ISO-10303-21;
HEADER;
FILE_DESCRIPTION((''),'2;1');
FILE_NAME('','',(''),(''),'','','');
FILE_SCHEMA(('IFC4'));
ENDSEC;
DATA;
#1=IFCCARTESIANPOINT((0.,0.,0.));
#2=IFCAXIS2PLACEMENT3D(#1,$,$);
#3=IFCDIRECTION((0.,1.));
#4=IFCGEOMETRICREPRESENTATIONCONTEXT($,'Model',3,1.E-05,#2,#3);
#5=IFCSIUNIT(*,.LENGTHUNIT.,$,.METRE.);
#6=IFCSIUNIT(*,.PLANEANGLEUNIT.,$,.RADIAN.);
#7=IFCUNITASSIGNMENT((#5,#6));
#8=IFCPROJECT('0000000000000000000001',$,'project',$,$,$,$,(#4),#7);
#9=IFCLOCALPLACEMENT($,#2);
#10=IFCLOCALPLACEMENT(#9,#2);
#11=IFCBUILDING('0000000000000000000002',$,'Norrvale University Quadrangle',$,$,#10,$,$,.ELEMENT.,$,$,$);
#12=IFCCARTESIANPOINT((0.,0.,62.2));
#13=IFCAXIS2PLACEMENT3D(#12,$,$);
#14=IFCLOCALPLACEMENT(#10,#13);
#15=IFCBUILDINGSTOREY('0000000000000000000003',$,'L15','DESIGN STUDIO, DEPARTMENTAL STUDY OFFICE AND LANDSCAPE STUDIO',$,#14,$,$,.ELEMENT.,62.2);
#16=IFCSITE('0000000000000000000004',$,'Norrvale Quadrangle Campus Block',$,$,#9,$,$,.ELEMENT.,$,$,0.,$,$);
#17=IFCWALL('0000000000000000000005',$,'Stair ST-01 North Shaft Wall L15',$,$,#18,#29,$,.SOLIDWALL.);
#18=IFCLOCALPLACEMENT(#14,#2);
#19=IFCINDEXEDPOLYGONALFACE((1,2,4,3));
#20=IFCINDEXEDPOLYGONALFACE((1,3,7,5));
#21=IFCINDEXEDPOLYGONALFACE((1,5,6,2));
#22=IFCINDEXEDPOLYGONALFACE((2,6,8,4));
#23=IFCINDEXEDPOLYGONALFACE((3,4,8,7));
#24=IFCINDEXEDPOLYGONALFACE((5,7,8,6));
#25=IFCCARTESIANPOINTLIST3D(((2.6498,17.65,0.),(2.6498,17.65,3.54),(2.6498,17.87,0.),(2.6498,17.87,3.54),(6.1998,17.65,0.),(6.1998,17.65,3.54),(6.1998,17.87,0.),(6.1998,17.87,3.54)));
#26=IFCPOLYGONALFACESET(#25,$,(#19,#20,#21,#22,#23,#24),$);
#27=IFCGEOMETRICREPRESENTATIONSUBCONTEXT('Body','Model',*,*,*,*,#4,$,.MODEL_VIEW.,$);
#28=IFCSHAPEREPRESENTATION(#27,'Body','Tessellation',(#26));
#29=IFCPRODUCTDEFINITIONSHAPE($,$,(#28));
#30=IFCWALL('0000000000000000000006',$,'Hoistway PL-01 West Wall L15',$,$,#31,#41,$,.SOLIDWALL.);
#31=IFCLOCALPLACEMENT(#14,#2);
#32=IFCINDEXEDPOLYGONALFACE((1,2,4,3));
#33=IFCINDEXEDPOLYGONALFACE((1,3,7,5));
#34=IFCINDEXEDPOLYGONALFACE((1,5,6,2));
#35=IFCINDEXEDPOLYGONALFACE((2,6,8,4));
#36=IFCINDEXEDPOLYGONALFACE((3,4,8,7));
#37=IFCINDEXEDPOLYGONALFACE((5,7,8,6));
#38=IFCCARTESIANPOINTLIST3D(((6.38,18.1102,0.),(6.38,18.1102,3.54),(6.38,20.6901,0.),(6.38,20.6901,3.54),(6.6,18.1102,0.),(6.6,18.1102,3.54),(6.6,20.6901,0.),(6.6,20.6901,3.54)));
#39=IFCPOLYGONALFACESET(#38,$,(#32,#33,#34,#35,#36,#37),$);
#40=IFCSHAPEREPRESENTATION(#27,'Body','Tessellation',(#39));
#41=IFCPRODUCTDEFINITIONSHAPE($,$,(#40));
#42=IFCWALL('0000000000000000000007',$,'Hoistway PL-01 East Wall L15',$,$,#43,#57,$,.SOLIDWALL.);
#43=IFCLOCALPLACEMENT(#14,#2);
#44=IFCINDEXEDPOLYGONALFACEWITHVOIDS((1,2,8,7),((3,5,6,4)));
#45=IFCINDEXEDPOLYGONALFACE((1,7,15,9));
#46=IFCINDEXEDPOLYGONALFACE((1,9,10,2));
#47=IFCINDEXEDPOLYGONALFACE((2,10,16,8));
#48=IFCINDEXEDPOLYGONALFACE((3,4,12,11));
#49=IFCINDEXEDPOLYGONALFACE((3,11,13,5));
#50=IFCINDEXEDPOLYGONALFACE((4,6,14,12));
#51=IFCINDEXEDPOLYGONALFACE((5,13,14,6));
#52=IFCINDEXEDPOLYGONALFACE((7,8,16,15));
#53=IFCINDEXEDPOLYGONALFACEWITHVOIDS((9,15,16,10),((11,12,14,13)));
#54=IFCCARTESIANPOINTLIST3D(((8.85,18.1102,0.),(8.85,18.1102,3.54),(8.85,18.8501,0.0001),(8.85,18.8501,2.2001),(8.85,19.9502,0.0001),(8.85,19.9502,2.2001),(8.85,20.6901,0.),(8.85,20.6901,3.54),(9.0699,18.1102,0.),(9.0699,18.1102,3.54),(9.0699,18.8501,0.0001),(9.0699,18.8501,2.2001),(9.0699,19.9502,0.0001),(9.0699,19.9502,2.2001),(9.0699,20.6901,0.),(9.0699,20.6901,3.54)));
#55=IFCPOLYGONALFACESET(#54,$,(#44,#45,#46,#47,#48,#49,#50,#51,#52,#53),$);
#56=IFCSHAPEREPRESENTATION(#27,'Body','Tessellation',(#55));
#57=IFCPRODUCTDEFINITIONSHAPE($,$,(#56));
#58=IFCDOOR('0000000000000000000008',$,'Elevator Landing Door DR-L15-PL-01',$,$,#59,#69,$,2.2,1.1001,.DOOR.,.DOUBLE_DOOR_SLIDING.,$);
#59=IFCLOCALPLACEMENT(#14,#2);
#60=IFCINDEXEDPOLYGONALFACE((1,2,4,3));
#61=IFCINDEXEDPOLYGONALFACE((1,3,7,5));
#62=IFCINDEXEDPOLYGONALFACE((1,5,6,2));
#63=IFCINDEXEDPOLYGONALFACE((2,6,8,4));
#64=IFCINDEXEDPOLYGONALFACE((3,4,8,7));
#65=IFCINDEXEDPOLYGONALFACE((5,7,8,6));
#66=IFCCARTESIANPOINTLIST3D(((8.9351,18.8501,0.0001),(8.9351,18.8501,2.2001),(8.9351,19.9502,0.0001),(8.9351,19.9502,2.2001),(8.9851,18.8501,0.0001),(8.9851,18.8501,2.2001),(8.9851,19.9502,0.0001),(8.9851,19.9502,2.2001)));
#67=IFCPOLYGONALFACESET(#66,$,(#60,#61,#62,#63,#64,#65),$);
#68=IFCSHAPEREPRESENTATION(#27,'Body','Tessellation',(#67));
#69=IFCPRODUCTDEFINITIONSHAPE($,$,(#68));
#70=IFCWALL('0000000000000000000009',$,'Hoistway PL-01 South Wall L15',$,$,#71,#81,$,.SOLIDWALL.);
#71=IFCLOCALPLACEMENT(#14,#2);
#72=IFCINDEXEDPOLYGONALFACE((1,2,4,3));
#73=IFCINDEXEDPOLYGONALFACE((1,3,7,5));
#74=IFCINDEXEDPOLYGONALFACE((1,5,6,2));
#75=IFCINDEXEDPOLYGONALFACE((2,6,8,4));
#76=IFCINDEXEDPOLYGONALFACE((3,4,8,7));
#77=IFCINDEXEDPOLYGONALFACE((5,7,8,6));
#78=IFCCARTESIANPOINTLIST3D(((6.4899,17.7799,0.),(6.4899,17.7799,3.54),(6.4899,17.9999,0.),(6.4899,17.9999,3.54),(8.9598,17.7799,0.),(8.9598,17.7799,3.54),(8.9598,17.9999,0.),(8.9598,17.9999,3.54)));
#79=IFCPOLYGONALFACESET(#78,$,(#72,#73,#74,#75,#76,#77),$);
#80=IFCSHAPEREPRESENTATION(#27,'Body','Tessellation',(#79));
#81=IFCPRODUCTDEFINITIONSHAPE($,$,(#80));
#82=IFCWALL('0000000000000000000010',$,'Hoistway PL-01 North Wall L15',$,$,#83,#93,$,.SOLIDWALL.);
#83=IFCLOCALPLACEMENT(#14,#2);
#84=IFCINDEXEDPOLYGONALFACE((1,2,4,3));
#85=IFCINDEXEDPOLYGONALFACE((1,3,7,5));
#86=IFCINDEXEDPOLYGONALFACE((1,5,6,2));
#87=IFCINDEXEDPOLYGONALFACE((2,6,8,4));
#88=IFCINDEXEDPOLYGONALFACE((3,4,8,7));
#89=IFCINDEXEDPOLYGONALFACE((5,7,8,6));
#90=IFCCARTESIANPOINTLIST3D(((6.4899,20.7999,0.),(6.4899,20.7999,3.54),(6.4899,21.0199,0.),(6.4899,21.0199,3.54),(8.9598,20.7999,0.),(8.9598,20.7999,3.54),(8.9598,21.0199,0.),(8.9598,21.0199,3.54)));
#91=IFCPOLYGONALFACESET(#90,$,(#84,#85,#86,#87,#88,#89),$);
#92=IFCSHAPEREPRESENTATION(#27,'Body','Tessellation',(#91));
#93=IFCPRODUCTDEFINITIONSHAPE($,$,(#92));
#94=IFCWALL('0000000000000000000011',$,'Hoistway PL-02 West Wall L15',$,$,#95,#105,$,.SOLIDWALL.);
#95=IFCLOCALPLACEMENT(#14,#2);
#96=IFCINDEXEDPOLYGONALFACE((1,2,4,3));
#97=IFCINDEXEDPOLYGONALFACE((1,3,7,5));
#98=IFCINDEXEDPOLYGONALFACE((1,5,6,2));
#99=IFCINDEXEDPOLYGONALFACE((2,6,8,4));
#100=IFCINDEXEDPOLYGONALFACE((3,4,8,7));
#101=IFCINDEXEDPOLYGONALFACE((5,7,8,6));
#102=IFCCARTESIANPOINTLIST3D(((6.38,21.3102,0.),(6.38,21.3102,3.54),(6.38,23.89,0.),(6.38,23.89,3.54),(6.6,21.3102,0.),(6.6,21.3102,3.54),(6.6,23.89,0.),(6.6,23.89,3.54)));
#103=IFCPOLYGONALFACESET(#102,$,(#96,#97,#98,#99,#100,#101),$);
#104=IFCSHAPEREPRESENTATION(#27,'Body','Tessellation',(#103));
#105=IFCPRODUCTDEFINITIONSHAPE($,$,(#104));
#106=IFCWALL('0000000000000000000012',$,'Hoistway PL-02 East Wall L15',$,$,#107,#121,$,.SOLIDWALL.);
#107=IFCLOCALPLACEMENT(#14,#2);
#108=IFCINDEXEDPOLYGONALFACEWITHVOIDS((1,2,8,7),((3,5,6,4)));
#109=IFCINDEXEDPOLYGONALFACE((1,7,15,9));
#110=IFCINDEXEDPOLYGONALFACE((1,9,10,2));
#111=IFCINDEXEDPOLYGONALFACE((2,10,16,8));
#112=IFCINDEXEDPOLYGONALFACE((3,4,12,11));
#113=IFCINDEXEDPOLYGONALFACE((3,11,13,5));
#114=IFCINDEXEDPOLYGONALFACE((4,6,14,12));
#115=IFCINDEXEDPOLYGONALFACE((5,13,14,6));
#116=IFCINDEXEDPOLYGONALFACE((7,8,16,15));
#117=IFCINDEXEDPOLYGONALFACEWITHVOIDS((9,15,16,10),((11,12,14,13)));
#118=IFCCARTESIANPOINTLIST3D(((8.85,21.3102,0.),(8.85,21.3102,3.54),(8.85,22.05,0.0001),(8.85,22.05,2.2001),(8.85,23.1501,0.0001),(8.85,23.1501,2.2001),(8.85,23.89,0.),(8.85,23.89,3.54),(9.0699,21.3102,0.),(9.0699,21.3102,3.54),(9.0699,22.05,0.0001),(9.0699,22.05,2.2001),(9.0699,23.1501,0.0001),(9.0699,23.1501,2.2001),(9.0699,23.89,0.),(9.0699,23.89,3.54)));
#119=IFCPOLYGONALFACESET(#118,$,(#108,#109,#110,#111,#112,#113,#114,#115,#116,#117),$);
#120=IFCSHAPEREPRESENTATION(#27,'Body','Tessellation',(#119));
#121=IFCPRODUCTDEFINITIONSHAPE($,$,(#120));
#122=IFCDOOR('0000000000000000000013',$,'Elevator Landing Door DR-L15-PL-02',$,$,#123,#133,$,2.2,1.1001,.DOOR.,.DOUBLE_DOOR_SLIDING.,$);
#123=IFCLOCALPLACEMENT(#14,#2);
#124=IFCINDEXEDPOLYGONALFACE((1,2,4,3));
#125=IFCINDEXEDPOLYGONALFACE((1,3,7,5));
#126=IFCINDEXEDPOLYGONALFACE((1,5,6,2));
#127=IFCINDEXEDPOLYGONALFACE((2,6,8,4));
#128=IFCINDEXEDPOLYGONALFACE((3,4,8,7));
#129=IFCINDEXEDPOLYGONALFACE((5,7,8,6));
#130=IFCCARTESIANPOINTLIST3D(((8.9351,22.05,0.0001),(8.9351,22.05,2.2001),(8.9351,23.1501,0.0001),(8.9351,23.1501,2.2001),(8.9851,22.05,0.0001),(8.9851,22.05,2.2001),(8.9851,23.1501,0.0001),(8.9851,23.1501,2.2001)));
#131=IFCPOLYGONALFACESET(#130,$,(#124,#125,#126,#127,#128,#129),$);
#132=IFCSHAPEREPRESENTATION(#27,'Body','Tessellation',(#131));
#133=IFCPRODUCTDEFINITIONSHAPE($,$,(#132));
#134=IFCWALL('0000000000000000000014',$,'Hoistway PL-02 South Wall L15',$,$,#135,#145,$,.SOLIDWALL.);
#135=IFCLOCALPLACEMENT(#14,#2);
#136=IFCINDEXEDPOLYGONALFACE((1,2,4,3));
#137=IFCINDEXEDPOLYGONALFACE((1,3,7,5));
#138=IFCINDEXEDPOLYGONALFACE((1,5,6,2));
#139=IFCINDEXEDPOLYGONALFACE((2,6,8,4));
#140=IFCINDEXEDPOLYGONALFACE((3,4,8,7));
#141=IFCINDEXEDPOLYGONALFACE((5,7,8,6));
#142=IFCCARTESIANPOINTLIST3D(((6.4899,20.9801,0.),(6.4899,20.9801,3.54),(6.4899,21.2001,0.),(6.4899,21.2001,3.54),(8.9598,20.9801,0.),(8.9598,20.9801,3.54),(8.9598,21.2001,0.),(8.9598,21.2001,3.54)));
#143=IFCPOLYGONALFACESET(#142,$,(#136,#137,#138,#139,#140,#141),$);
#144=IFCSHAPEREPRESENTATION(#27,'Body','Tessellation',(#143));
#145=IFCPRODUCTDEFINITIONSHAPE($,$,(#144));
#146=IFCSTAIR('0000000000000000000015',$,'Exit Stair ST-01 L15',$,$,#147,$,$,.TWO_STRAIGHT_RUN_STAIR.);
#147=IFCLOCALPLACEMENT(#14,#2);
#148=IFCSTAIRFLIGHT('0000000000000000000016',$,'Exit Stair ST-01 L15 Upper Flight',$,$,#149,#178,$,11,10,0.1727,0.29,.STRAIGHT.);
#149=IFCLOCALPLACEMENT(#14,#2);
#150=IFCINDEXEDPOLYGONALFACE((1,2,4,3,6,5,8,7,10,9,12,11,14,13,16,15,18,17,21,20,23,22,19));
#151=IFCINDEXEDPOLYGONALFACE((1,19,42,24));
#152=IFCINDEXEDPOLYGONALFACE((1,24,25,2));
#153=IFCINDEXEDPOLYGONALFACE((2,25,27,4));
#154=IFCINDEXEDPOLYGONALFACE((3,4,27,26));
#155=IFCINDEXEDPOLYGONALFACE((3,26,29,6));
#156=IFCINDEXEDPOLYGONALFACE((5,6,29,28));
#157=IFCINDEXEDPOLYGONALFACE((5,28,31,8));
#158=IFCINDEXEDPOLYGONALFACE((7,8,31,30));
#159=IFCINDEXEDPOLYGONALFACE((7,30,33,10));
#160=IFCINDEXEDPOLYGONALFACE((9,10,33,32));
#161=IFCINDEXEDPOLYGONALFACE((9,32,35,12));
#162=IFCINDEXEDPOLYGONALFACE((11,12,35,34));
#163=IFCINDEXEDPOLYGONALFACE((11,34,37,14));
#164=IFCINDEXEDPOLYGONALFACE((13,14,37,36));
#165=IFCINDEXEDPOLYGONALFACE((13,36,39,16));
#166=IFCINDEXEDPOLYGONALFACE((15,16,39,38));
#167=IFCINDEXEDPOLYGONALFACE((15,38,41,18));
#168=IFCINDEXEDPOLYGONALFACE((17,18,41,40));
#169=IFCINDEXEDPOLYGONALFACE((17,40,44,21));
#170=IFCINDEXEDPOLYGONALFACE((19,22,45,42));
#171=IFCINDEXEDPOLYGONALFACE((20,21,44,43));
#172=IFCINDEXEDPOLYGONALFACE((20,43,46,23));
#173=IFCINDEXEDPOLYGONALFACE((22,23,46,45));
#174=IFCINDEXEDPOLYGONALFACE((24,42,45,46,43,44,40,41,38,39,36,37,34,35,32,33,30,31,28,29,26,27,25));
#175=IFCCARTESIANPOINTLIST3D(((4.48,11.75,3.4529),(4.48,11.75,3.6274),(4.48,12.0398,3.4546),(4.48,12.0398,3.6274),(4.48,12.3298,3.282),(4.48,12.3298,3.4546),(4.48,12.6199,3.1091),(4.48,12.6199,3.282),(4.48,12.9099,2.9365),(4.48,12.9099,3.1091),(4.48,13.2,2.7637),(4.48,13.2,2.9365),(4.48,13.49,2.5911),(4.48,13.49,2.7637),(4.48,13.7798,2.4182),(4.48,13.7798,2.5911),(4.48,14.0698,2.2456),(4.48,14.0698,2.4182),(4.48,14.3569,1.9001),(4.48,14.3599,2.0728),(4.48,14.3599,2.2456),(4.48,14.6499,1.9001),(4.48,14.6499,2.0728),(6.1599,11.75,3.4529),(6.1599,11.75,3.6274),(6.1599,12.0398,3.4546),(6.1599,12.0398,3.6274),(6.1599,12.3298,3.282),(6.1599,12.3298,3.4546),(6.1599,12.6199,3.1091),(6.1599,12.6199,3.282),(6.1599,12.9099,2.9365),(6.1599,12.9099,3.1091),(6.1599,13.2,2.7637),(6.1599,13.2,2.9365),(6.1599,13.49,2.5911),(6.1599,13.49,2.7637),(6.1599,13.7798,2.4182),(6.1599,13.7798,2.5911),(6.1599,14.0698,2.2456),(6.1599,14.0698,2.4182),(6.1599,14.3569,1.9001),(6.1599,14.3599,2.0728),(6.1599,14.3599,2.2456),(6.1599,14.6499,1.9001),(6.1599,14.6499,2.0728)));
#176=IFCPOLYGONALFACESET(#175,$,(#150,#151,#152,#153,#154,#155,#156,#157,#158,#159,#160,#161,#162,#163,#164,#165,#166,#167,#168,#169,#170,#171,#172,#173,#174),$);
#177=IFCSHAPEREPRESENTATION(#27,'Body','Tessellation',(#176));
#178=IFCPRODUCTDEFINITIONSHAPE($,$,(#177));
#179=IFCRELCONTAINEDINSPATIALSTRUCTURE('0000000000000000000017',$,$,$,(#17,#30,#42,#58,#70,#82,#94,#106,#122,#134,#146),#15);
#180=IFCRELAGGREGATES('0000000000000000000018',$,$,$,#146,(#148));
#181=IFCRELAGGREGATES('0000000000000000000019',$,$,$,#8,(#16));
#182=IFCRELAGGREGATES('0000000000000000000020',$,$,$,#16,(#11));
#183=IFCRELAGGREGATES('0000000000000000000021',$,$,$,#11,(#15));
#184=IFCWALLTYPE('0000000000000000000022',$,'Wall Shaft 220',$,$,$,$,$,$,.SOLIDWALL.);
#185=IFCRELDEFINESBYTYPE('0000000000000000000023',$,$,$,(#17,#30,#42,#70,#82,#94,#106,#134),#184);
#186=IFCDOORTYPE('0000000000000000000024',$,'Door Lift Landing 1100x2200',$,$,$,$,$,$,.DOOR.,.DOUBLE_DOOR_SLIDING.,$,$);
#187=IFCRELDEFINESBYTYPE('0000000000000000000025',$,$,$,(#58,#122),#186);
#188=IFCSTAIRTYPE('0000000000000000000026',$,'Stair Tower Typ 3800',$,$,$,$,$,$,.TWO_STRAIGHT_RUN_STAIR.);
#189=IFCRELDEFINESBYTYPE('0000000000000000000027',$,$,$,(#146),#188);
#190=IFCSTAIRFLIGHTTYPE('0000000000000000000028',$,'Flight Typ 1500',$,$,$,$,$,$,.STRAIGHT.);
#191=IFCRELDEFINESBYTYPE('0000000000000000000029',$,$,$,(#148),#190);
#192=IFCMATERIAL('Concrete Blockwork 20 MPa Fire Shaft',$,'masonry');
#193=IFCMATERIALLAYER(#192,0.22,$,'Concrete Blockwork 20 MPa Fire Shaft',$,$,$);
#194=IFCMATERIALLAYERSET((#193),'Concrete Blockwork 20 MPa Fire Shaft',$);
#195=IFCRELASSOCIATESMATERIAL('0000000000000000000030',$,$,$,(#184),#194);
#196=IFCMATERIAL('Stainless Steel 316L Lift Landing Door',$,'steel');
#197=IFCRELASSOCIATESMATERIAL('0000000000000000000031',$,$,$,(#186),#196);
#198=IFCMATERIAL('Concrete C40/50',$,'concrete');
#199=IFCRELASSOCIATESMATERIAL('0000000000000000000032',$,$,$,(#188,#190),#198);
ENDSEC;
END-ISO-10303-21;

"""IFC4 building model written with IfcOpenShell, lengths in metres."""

from ifc_helpers import new_model, si_unit, direction, frame, frame_2d, origin, place, context, subcontext, project, spatial, polyline, rectangle, outline, extrude, material, layer, layer_set, type_object, element, fill, aggregate, save


model = new_model("IFC4")

# Units and contexts
model_context = context("Model", 3, precision=1e-05, world=origin(), true_north=direction((0.0, 1.0)))
body_context = subcontext(model_context, "Body", "Model", "MODEL_VIEW")
ifc_project = project(units=[si_unit("LENGTHUNIT", "METRE"), si_unit("PLANEANGLEUNIT", "RADIAN")], contexts=[model_context])

# Site, building, storey
site_placement = place(None, origin())
site = spatial("IfcSite", under=ifc_project, at=site_placement, Name="Norrvale Quadrangle Campus Block", CompositionType="ELEMENT", RefElevation=0.0)
building_placement = place(site_placement, origin())
building = spatial("IfcBuilding", under=site, at=building_placement, Name="Norrvale University Quadrangle", CompositionType="ELEMENT")
storey_placement = place(building_placement, frame((0.0, 0.0, 62.2)))
storey = spatial("IfcBuildingStorey", under=building, at=storey_placement, Name="L15", Description="DESIGN STUDIO, DEPARTMENTAL STUDY OFFICE AND LANDSCAPE STUDIO", CompositionType="ELEMENT", Elevation=62.2)

# Walls
ifc_material_1 = material(Name="Concrete Blockwork 20 MPa Fire Shaft", Category="masonry")
ifc_layer_1 = layer(ifc_material_1, 0.22, Name="Concrete Blockwork 20 MPa Fire Shaft")
ifc_layer_set_1 = layer_set([ifc_layer_1], Name="Concrete Blockwork 20 MPa Fire Shaft")
wall_type_1 = type_object("IfcWallType", Name="Wall Shaft 220", PredefinedType="SOLIDWALL", material=ifc_layer_set_1)
wall_1_placement = place(storey_placement, frame((2.6499, 17.76, 0.0), z_axis=(0.0, 0.0, 1.0), x_axis=(1.0, 0.0, 0.0)))
element("IfcWall", 1, at=wall_1_placement, inside=storey, type_object=wall_type_1, Name="Stair ST-01 North Shaft Wall L15", PredefinedType="SOLIDWALL", context=body_context, shape_type="SweptSolid", body=[
    extrude(rectangle(XDim=3.55, YDim=0.22, at=frame_2d((1.7749, 0.0))), origin(), (0.0, 0.0, 1.0), 3.54),
])
wall_2_placement = place(storey_placement, frame((6.49, 18.1101, 0.0), z_axis=(0.0, 0.0, 1.0), x_axis=(0.0, 1.0, 0.0)))
element("IfcWall", 2, at=wall_2_placement, inside=storey, type_object=wall_type_1, Name="Hoistway PL-01 West Wall L15", PredefinedType="SOLIDWALL", context=body_context, shape_type="SweptSolid", body=[
    extrude(rectangle(XDim=2.5798, YDim=0.22, at=frame_2d((1.29, 0.0))), origin(), (0.0, 0.0, 1.0), 3.54),
])

# Wall, opening, door
wall_3_placement = place(storey_placement, frame((8.96, 18.1101, 0.0), z_axis=(0.0, 0.0, 1.0), x_axis=(0.0, 1.0, 0.0)))
wall_3 = element("IfcWall", 3, at=wall_3_placement, inside=storey, type_object=wall_type_1, Name="Hoistway PL-01 East Wall L15", PredefinedType="SOLIDWALL", context=body_context, shape_type="SweptSolid", body=[
    extrude(rectangle(XDim=2.5798, YDim=0.22, at=frame_2d((1.29, 0.0))), origin(), (0.0, 0.0, 1.0), 3.54),
])
opening_1_placement = place(wall_3_placement, frame((0.74, 0.0, 0.0)))
opening_1 = element("IfcOpeningElement", 4, at=opening_1_placement, cuts=wall_3, PredefinedType="OPENING", context=body_context, shape_type="SweptSolid", body=[
    extrude(rectangle(XDim=1.1001, YDim=2.2, at=frame_2d((0.55, 1.1001))), frame((0.0, 0.1221, 0.0), z_axis=(0.0, -1.0, 0.0), x_axis=(1.0, 0.0, 0.0)), (0.0, 0.0, 1.0), 0.2439),
])
ifc_material_2 = material(Name="Stainless Steel 316L Lift Landing Door", Category="steel")
door_type_1 = type_object("IfcDoorType", Name="Door Lift Landing 1100x2200", OperationType="DOUBLE_DOOR_SLIDING", PredefinedType="DOOR", material=ifc_material_2)
door_1_placement = place(opening_1_placement, origin())
door_1 = element("IfcDoor", 5, at=door_1_placement, inside=storey, type_object=door_type_1, Name="Elevator Landing Door DR-L15-PL-01", OperationType="DOUBLE_DOOR_SLIDING", OverallHeight=2.2, OverallWidth=1.1001, PredefinedType="DOOR", context=body_context, shape_type="SweptSolid", body=[
    extrude(rectangle(XDim=1.1001, YDim=2.2, at=frame_2d((0.55, 1.1001))), frame((0.0, 0.0249, 0.0), z_axis=(0.0, -1.0, 0.0), x_axis=(1.0, 0.0, 0.0)), (0.0, 0.0, 1.0), 0.05),
])
fill(opening_1, door_1)

# Walls
for number, where, z_axis, x_axis, name in (
    (6, (6.49, 17.8899, 0.0), (0.0, 0.0, 1.0), (1.0, 0.0, 0.0), "Hoistway PL-01 South Wall L15"),
    (7, (6.49, 20.9099, 0.0), (0.0, 0.0, 1.0), (1.0, 0.0, 0.0), "Hoistway PL-01 North Wall L15"),
):
    element("IfcWall", number, at=place(storey_placement, frame(where, z_axis=z_axis, x_axis=x_axis)), inside=storey, type_object=wall_type_1, Name=name, PredefinedType="SOLIDWALL", context=body_context, shape_type="SweptSolid", body=[
        extrude(rectangle(XDim=2.47, YDim=0.22, at=frame_2d((1.2349, 0.0))), origin(), (0.0, 0.0, 1.0), 3.54),
    ])
wall_4_placement = place(storey_placement, frame((6.49, 21.3101, 0.0), z_axis=(0.0, 0.0, 1.0), x_axis=(0.0, 1.0, 0.0)))
element("IfcWall", 8, at=wall_4_placement, inside=storey, type_object=wall_type_1, Name="Hoistway PL-02 West Wall L15", PredefinedType="SOLIDWALL", context=body_context, shape_type="SweptSolid", body=[
    extrude(rectangle(XDim=2.5798, YDim=0.22, at=frame_2d((1.29, 0.0))), origin(), (0.0, 0.0, 1.0), 3.54),
])

# Wall, opening, door
wall_5_placement = place(storey_placement, frame((8.96, 21.3101, 0.0), z_axis=(0.0, 0.0, 1.0), x_axis=(0.0, 1.0, 0.0)))
wall_5 = element("IfcWall", 9, at=wall_5_placement, inside=storey, type_object=wall_type_1, Name="Hoistway PL-02 East Wall L15", PredefinedType="SOLIDWALL", context=body_context, shape_type="SweptSolid", body=[
    extrude(rectangle(XDim=2.5798, YDim=0.22, at=frame_2d((1.29, 0.0))), origin(), (0.0, 0.0, 1.0), 3.54),
])
opening_2_placement = place(wall_5_placement, frame((0.74, 0.0, 0.0)))
opening_2 = element("IfcOpeningElement", 10, at=opening_2_placement, cuts=wall_5, PredefinedType="OPENING", context=body_context, shape_type="SweptSolid", body=[
    extrude(rectangle(XDim=1.1001, YDim=2.2, at=frame_2d((0.55, 1.1001))), frame((0.0, 0.1221, 0.0), z_axis=(0.0, -1.0, 0.0), x_axis=(1.0, 0.0, 0.0)), (0.0, 0.0, 1.0), 0.2439),
])
door_2_placement = place(opening_2_placement, origin())
door_2 = element("IfcDoor", 11, at=door_2_placement, inside=storey, type_object=door_type_1, Name="Elevator Landing Door DR-L15-PL-02", OperationType="DOUBLE_DOOR_SLIDING", OverallHeight=2.2, OverallWidth=1.1001, PredefinedType="DOOR", context=body_context, shape_type="SweptSolid", body=[
    extrude(rectangle(XDim=1.1001, YDim=2.2, at=frame_2d((0.55, 1.1001))), frame((0.0, 0.0249, 0.0), z_axis=(0.0, -1.0, 0.0), x_axis=(1.0, 0.0, 0.0)), (0.0, 0.0, 1.0), 0.05),
])
fill(opening_2, door_2)

# Wall
wall_6_placement = place(storey_placement, frame((6.49, 21.0901, 0.0), z_axis=(0.0, 0.0, 1.0), x_axis=(1.0, 0.0, 0.0)))
element("IfcWall", 12, at=wall_6_placement, inside=storey, type_object=wall_type_1, Name="Hoistway PL-02 South Wall L15", PredefinedType="SOLIDWALL", context=body_context, shape_type="SweptSolid", body=[
    extrude(rectangle(XDim=2.47, YDim=0.22, at=frame_2d((1.2349, 0.0))), origin(), (0.0, 0.0, 1.0), 3.54),
])

# Stair, stair flight
ifc_material_3 = material(Name="Concrete C40/50", Category="concrete")
stair_type = type_object("IfcStairType", Name="Stair Tower Typ 3800", PredefinedType="TWO_STRAIGHT_RUN_STAIR", material=ifc_material_3)
stair_placement = place(storey_placement, origin())
stair = element("IfcStair", 13, at=stair_placement, inside=storey, type_object=stair_type, Name="Exit Stair ST-01 L15", PredefinedType="TWO_STRAIGHT_RUN_STAIR")
stair_flight_type = type_object("IfcStairFlightType", Name="Flight Typ 1500", PredefinedType="STRAIGHT", material=ifc_material_3)
stair_flight_placement = place(storey_placement, frame((5.3201, 14.6499, 1.9001), z_axis=(0.0, 0.0, 1.0), x_axis=(0.0, -1.0, 0.0)))
stair_flight = element("IfcStairFlight", 14, at=stair_flight_placement, type_object=stair_flight_type, Name="Exit Stair ST-01 L15 Upper Flight", NumberOfRisers=11, NumberOfTreads=10, PredefinedType="STRAIGHT", RiserHeight=0.1727, TreadLength=0.29, context=body_context, shape_type="SweptSolid", body=[
    extrude(outline(polyline([(0.0, 0.0), (0.0, 0.1726), (0.29, 0.1726), (0.29, 0.3455), (0.5801, 0.3455), (0.5801, 0.5181), (0.8701, 0.5181), (0.8701, 0.6909), (1.1599, 0.6909), (1.1599, 0.8635), (1.45, 0.8635), (1.45, 1.0364), (1.74, 1.0364), (1.74, 1.209), (2.03, 1.209), (2.03, 1.3818), (2.3201, 1.3818), (2.3201, 1.5544), (2.6101, 1.5544), (2.6101, 1.7273), (2.8999, 1.7273), (2.8999, 1.8999), (2.8999, 1.5527), (0.293, 0.0), (0.0, 0.0)])), frame((0.0, 0.8398, 0.0), z_axis=(0.0, -1.0, 0.0), x_axis=(1.0, 0.0, 0.0)), (0.0, 0.0, 1.0), 1.6799),
])
aggregate(stair, [stair_flight])

save(model, "model.ifc")
